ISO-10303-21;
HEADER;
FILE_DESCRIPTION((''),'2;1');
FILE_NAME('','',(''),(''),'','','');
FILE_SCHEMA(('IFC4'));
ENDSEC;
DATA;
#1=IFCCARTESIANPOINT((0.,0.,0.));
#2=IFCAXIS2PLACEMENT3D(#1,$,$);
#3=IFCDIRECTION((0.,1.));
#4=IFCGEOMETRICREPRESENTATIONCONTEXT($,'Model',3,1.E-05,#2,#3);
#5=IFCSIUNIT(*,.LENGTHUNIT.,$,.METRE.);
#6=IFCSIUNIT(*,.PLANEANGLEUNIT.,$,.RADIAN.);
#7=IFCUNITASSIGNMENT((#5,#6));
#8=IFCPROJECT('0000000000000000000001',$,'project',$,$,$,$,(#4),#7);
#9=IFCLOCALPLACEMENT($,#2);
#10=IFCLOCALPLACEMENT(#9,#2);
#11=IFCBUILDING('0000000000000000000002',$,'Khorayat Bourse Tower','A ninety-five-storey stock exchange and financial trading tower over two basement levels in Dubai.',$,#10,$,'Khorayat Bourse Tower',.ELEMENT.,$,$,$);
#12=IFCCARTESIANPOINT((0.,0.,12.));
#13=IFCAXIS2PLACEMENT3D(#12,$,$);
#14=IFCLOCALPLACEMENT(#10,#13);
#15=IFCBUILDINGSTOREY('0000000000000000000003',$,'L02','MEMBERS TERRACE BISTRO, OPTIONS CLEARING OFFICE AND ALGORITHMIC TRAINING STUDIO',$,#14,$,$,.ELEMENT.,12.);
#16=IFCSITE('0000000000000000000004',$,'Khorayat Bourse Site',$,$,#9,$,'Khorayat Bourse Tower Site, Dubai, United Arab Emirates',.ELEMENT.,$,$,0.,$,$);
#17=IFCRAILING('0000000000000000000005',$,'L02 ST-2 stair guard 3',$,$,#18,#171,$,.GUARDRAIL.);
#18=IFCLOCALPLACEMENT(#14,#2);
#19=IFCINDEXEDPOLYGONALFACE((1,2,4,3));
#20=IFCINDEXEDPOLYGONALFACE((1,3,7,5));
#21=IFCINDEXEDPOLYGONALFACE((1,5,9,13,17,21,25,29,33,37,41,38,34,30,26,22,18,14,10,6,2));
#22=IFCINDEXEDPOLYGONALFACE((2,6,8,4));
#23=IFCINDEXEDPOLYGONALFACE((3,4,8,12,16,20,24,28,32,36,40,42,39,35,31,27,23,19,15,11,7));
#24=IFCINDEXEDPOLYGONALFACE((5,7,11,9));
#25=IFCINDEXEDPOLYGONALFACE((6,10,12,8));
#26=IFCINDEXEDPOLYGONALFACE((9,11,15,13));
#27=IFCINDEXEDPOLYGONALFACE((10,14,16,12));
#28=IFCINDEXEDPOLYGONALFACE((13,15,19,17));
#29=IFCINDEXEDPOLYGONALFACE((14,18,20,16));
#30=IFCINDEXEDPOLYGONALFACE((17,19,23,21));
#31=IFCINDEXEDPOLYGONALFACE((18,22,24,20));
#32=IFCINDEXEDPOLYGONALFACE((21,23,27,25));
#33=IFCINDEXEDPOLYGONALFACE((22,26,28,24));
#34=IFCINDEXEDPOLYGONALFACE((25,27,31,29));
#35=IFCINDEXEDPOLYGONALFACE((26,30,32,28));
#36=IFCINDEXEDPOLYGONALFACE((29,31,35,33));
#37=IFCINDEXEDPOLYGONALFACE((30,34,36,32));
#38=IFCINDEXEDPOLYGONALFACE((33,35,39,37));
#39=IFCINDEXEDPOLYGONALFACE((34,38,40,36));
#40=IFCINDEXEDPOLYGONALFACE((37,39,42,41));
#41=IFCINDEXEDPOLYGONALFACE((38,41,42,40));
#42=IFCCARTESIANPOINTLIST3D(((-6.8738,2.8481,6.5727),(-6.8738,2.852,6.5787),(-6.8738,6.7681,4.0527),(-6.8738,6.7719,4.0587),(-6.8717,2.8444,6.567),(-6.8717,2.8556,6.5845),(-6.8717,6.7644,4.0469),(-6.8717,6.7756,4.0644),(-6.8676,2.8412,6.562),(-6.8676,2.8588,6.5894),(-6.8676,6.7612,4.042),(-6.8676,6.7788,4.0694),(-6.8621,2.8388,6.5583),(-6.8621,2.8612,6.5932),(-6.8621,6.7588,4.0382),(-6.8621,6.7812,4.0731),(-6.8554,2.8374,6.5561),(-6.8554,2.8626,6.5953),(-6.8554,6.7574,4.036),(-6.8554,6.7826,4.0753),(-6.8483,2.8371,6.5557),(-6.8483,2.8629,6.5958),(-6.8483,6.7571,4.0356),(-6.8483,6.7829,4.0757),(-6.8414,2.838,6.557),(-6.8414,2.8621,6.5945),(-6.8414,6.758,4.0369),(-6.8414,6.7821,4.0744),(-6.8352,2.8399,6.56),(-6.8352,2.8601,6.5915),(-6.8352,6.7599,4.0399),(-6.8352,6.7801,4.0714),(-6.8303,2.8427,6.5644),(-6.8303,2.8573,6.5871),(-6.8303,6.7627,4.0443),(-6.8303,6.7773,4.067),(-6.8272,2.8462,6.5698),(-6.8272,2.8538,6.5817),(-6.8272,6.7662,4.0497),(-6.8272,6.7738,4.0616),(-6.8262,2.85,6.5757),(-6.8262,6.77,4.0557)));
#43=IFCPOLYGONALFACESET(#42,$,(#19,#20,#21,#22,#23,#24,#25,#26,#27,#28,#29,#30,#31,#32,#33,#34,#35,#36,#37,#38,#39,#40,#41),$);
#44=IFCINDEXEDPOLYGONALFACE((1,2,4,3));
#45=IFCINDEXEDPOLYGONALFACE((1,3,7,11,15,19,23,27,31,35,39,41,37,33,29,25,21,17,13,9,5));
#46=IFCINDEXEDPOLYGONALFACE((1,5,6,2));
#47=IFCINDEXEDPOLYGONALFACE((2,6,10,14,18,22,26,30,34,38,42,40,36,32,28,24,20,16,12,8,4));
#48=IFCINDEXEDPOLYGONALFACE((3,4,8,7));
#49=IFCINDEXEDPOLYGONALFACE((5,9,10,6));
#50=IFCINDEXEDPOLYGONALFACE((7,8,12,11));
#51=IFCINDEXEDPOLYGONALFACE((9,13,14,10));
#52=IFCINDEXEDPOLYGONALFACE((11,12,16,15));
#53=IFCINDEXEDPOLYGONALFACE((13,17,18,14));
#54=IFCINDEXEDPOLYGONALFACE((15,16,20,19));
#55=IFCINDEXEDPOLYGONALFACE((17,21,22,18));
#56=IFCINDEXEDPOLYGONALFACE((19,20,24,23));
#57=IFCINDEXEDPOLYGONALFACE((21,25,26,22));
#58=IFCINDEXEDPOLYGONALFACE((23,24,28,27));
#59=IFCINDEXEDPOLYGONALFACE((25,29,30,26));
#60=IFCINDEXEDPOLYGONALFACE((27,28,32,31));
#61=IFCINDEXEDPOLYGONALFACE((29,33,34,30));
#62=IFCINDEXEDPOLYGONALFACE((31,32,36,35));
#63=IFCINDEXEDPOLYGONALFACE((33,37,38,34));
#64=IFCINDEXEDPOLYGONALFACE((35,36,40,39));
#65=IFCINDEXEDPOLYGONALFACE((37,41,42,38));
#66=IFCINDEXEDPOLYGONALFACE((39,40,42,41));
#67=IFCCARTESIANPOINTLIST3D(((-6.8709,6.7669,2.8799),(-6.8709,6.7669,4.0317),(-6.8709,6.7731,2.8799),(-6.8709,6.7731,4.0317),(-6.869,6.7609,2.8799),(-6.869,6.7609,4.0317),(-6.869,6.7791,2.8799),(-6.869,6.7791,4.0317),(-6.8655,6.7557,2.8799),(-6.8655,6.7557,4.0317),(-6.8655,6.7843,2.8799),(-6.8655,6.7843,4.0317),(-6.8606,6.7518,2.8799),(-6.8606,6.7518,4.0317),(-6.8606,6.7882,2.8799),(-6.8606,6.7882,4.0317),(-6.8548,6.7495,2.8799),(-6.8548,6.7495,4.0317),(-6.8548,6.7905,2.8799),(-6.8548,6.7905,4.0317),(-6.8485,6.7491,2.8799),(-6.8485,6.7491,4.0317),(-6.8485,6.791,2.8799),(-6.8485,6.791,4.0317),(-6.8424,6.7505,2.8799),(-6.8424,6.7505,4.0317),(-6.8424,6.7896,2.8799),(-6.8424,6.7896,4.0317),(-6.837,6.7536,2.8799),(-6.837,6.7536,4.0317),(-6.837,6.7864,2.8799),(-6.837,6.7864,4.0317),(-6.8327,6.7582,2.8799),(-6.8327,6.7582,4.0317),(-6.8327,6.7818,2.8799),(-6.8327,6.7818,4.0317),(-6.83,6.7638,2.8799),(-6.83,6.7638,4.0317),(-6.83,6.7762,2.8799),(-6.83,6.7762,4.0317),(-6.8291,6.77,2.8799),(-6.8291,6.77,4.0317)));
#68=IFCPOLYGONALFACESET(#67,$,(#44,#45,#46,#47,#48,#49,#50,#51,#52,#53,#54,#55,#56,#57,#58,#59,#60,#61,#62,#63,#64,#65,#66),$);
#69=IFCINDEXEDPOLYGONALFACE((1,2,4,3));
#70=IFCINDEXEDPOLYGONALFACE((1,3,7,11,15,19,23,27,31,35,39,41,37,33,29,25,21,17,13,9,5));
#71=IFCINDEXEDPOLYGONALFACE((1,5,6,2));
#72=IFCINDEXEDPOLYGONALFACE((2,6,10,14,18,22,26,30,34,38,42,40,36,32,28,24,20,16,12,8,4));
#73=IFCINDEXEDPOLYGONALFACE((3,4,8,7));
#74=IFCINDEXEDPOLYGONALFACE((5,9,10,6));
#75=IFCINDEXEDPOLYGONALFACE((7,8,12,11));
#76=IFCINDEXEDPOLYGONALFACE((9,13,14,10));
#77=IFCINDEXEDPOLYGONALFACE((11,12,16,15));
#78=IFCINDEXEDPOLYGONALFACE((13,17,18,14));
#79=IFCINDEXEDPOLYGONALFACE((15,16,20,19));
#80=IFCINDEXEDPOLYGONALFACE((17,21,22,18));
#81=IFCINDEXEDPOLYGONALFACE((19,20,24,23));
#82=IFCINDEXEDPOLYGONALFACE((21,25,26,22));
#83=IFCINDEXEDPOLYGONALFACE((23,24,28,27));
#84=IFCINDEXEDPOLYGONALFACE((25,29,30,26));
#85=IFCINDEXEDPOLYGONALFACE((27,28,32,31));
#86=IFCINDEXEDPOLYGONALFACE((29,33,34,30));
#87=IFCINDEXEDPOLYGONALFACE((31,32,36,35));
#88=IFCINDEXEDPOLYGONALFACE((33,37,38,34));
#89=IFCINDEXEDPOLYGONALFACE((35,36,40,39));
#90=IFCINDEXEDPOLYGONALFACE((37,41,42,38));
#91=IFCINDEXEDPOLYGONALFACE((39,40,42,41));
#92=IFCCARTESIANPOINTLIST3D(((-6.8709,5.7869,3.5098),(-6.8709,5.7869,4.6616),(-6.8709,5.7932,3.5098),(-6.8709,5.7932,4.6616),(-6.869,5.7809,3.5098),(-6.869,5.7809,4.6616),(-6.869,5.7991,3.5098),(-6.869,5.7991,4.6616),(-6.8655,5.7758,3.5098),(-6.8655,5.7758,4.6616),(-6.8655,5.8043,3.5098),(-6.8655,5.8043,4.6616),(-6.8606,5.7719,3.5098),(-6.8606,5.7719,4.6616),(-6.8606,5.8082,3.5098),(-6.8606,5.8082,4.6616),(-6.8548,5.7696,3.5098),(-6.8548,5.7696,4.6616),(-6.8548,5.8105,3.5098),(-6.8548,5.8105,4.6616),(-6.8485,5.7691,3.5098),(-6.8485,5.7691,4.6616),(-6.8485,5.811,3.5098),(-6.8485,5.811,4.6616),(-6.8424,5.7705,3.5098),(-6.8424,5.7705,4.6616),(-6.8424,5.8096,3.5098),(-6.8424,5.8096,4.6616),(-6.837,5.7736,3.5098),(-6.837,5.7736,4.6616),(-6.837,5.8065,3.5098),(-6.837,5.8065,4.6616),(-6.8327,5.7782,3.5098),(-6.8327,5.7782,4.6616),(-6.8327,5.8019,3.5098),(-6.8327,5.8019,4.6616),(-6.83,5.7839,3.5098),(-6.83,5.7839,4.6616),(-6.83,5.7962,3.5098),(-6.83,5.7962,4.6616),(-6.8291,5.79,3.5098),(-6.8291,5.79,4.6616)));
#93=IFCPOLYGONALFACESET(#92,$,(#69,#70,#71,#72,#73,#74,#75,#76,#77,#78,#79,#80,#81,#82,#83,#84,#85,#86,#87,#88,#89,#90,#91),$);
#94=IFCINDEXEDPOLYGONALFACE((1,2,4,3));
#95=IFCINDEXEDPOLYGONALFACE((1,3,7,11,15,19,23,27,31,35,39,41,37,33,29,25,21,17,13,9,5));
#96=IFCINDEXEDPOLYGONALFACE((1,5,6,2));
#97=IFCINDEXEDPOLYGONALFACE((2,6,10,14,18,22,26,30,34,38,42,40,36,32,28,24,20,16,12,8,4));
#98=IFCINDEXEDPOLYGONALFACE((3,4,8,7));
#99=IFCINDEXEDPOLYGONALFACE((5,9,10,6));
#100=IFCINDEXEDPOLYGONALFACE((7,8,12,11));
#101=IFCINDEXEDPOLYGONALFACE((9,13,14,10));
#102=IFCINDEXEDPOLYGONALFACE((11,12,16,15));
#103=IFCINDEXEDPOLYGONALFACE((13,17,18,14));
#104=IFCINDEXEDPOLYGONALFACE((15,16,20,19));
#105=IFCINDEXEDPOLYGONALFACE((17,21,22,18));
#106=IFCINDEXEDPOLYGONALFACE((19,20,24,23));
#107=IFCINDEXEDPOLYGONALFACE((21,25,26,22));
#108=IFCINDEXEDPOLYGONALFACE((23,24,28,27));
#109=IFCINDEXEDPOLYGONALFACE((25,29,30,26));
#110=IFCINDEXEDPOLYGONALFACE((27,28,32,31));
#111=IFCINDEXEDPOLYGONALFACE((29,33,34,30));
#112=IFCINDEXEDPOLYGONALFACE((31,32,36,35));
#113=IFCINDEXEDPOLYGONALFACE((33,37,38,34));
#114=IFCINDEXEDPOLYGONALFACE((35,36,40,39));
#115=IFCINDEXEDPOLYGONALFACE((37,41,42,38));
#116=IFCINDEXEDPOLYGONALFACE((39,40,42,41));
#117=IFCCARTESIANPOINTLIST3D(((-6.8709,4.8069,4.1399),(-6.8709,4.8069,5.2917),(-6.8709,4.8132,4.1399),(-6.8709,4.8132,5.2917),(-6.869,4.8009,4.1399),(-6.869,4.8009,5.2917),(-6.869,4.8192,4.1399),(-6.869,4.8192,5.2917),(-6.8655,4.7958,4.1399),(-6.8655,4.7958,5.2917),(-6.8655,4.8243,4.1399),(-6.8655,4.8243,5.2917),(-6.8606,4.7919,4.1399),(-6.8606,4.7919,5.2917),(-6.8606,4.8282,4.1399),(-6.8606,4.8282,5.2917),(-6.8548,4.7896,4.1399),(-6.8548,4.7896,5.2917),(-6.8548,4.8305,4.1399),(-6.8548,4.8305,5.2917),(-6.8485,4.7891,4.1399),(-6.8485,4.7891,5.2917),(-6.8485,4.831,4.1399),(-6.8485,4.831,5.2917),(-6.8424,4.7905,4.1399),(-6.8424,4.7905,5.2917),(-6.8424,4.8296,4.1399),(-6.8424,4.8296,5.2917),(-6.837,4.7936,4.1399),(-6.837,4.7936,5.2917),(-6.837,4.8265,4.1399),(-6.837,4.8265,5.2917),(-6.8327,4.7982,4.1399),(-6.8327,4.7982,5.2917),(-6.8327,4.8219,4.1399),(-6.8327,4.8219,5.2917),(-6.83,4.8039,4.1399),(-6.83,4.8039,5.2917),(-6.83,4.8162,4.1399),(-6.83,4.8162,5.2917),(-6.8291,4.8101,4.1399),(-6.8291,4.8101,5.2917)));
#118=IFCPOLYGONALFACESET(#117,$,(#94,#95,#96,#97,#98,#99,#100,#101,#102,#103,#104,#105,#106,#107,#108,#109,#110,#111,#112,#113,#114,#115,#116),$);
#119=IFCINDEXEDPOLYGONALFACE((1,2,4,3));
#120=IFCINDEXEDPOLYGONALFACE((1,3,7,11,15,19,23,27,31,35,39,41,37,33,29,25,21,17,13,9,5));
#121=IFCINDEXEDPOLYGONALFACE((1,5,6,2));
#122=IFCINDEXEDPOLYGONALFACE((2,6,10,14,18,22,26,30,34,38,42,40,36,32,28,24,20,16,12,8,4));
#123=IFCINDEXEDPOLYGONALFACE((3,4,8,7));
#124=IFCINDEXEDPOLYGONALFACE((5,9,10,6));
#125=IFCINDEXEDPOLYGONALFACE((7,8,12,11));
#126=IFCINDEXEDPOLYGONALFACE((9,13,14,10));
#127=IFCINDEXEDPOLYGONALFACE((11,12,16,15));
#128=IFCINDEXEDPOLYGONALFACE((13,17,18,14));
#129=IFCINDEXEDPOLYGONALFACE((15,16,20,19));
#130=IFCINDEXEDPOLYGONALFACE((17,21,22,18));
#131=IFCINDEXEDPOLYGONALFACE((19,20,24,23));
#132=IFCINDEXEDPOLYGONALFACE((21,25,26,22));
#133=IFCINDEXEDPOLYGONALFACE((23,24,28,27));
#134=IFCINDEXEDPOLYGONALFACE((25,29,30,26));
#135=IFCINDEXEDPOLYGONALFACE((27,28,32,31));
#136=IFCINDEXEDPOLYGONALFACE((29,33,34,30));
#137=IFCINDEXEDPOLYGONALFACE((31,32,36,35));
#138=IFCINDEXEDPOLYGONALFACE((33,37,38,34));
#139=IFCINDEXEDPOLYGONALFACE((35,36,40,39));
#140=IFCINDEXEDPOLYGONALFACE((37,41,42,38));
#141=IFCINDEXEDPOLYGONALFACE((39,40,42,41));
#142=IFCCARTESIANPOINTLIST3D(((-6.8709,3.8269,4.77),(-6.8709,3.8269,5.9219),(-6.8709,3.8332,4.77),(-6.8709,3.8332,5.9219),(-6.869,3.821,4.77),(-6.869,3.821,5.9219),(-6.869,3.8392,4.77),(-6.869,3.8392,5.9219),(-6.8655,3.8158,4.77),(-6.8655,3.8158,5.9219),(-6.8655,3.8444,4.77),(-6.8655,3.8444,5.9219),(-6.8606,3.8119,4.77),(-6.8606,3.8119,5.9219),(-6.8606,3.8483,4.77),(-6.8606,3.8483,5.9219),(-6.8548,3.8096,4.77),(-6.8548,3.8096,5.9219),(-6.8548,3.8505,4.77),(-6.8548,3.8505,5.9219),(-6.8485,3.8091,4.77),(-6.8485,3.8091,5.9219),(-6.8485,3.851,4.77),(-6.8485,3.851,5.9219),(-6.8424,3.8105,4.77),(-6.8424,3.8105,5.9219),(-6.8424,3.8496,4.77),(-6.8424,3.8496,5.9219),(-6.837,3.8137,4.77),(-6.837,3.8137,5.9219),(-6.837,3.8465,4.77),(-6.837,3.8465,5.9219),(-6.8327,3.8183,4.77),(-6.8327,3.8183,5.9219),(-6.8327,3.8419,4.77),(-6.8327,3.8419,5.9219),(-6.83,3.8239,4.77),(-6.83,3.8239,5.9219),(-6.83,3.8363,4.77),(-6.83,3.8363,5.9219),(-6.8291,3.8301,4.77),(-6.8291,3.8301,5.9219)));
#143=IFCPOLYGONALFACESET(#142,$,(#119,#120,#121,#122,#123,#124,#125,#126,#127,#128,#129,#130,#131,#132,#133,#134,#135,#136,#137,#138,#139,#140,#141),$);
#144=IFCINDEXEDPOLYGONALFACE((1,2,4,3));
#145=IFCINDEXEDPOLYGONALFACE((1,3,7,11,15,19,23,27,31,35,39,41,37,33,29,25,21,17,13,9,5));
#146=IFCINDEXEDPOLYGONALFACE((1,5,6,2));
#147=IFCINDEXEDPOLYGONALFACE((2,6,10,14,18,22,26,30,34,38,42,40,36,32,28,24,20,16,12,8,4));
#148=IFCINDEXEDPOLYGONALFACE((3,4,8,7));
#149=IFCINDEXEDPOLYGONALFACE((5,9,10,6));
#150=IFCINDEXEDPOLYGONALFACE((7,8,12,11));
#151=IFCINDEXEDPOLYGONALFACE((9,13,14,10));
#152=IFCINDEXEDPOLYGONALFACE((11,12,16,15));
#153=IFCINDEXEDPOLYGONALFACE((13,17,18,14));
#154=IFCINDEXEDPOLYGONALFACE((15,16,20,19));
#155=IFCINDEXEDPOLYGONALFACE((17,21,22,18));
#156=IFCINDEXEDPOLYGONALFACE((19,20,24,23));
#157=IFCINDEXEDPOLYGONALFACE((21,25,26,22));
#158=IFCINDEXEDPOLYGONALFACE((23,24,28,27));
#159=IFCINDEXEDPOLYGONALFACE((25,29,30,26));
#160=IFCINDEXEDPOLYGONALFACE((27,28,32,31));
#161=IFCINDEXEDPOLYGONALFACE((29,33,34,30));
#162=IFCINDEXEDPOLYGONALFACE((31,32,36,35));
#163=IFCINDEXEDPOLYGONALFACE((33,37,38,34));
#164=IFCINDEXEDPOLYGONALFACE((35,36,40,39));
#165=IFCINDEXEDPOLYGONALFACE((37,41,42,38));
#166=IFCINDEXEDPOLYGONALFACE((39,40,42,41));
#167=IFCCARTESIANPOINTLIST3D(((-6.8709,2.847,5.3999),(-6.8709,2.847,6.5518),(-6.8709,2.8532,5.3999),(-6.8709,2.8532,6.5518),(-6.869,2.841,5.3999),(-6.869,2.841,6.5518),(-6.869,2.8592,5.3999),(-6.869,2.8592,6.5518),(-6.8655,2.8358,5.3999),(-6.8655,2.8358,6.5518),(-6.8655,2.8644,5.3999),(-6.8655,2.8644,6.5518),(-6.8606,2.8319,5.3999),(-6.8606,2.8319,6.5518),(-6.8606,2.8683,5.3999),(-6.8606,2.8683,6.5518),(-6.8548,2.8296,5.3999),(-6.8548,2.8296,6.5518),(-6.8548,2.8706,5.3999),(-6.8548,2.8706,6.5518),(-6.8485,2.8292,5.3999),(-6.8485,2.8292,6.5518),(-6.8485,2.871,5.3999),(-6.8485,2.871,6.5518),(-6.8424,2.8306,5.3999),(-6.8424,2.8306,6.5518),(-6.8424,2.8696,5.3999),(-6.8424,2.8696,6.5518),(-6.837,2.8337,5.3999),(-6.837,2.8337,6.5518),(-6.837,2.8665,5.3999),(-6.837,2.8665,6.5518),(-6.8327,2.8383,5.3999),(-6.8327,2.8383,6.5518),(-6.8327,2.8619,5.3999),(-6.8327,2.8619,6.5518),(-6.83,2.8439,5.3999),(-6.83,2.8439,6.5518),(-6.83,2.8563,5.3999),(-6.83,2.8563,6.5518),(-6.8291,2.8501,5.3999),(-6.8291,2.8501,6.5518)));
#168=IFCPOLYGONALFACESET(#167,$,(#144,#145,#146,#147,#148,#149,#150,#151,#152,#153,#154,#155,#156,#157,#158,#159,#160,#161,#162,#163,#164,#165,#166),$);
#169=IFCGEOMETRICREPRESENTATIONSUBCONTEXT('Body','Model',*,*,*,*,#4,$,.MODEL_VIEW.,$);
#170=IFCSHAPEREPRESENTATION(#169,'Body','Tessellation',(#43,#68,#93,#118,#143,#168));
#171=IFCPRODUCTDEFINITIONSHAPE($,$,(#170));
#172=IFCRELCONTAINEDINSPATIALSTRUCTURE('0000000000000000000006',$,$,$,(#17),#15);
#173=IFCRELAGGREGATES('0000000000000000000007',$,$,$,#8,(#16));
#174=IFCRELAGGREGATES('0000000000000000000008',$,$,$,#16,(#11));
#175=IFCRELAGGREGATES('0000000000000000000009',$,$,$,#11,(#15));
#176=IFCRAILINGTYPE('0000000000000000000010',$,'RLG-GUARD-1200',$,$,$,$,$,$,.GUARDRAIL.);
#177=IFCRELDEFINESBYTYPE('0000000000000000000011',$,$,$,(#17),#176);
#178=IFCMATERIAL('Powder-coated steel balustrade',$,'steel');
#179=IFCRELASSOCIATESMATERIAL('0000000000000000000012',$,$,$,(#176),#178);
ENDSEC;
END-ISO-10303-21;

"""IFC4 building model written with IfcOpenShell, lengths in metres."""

from ifc_helpers import new_model, si_unit, direction, frame, origin, origin_2d, place, context, subcontext, project, spatial, circle, extrude, source, transform, mapped, material, type_object, element, save


model = new_model("IFC4")

# Units and contexts
model_context = context("Model", 3, precision=1e-05, world=origin(), true_north=direction((0.0, 1.0)))
body_context = subcontext(model_context, "Body", "Model", "MODEL_VIEW")
ifc_project = project(units=[si_unit("LENGTHUNIT", "METRE"), si_unit("PLANEANGLEUNIT", "RADIAN")], contexts=[model_context])

# Site, building, storey
site_placement = place(None, origin())
site = spatial("IfcSite", under=ifc_project, at=site_placement, Name="Khorayat Bourse Site", LongName="Khorayat Bourse Tower Site, Dubai, United Arab Emirates", CompositionType="ELEMENT", RefElevation=0.0)
building_placement = place(site_placement, origin())
building = spatial("IfcBuilding", under=site, at=building_placement, Name="Khorayat Bourse Tower", Description="A ninety-five-storey stock exchange and financial trading tower over two basement levels in Dubai.", LongName="Khorayat Bourse Tower", CompositionType="ELEMENT")
storey_placement = place(building_placement, frame((0.0, 0.0, 12.0)))
storey = spatial("IfcBuildingStorey", under=building, at=storey_placement, Name="L02", Description="MEMBERS TERRACE BISTRO, OPTIONS CLEARING OFFICE AND ALGORITHMIC TRAINING STUDIO", CompositionType="ELEMENT", Elevation=12.0)

# Railing
ifc_material_1 = material(Name="Powder-coated steel balustrade", Category="steel")
railing_type_1 = type_object("IfcRailingType", Name="RLG-GUARD-1200", PredefinedType="GUARDRAIL", material=ifc_material_1)
shared_shape_1 = source(origin(), body_context, "Body", "SweptSolid", [
    extrude(circle(Radius=0.0239, at=origin_2d()), frame((0.0, 0.0, 1.1758), z_axis=(0.0, -0.841172, 0.540768), x_axis=(1.0, 0.0, 0.0)), (0.0, 0.0, 1.0), 4.6602),
    extrude(circle(Radius=0.021, at=origin_2d()), origin(), (0.0, 0.0, 1.0), 1.1519),
    extrude(circle(Radius=0.021, at=origin_2d()), frame((0.0, -0.98, 0.6299)), (0.0, 0.0, 1.0), 1.1519),
    extrude(circle(Radius=0.021, at=origin_2d()), frame((0.0, -1.96, 1.26)), (0.0, 0.0, 1.0), 1.1519),
    extrude(circle(Radius=0.021, at=origin_2d()), frame((0.0, -2.9399, 1.8901)), (0.0, 0.0, 1.0), 1.1519),
    extrude(circle(Radius=0.021, at=origin_2d()), frame((0.0, -3.9199, 2.52)), (0.0, 0.0, 1.0), 1.1519),
])
railing_1_placement = place(storey_placement, frame((-6.8501, 6.77, 2.8799)))
element("IfcRailing", 1, at=railing_1_placement, inside=storey, type_object=railing_type_1, Name="L02 ST-2 stair guard 3", PredefinedType="GUARDRAIL", context=body_context, shape_type="MappedRepresentation", body=[
    mapped(shared_shape_1, transform((0.0, 0.0, 0.0), scale=1.0)),
])

save(model, "model.ifc")
